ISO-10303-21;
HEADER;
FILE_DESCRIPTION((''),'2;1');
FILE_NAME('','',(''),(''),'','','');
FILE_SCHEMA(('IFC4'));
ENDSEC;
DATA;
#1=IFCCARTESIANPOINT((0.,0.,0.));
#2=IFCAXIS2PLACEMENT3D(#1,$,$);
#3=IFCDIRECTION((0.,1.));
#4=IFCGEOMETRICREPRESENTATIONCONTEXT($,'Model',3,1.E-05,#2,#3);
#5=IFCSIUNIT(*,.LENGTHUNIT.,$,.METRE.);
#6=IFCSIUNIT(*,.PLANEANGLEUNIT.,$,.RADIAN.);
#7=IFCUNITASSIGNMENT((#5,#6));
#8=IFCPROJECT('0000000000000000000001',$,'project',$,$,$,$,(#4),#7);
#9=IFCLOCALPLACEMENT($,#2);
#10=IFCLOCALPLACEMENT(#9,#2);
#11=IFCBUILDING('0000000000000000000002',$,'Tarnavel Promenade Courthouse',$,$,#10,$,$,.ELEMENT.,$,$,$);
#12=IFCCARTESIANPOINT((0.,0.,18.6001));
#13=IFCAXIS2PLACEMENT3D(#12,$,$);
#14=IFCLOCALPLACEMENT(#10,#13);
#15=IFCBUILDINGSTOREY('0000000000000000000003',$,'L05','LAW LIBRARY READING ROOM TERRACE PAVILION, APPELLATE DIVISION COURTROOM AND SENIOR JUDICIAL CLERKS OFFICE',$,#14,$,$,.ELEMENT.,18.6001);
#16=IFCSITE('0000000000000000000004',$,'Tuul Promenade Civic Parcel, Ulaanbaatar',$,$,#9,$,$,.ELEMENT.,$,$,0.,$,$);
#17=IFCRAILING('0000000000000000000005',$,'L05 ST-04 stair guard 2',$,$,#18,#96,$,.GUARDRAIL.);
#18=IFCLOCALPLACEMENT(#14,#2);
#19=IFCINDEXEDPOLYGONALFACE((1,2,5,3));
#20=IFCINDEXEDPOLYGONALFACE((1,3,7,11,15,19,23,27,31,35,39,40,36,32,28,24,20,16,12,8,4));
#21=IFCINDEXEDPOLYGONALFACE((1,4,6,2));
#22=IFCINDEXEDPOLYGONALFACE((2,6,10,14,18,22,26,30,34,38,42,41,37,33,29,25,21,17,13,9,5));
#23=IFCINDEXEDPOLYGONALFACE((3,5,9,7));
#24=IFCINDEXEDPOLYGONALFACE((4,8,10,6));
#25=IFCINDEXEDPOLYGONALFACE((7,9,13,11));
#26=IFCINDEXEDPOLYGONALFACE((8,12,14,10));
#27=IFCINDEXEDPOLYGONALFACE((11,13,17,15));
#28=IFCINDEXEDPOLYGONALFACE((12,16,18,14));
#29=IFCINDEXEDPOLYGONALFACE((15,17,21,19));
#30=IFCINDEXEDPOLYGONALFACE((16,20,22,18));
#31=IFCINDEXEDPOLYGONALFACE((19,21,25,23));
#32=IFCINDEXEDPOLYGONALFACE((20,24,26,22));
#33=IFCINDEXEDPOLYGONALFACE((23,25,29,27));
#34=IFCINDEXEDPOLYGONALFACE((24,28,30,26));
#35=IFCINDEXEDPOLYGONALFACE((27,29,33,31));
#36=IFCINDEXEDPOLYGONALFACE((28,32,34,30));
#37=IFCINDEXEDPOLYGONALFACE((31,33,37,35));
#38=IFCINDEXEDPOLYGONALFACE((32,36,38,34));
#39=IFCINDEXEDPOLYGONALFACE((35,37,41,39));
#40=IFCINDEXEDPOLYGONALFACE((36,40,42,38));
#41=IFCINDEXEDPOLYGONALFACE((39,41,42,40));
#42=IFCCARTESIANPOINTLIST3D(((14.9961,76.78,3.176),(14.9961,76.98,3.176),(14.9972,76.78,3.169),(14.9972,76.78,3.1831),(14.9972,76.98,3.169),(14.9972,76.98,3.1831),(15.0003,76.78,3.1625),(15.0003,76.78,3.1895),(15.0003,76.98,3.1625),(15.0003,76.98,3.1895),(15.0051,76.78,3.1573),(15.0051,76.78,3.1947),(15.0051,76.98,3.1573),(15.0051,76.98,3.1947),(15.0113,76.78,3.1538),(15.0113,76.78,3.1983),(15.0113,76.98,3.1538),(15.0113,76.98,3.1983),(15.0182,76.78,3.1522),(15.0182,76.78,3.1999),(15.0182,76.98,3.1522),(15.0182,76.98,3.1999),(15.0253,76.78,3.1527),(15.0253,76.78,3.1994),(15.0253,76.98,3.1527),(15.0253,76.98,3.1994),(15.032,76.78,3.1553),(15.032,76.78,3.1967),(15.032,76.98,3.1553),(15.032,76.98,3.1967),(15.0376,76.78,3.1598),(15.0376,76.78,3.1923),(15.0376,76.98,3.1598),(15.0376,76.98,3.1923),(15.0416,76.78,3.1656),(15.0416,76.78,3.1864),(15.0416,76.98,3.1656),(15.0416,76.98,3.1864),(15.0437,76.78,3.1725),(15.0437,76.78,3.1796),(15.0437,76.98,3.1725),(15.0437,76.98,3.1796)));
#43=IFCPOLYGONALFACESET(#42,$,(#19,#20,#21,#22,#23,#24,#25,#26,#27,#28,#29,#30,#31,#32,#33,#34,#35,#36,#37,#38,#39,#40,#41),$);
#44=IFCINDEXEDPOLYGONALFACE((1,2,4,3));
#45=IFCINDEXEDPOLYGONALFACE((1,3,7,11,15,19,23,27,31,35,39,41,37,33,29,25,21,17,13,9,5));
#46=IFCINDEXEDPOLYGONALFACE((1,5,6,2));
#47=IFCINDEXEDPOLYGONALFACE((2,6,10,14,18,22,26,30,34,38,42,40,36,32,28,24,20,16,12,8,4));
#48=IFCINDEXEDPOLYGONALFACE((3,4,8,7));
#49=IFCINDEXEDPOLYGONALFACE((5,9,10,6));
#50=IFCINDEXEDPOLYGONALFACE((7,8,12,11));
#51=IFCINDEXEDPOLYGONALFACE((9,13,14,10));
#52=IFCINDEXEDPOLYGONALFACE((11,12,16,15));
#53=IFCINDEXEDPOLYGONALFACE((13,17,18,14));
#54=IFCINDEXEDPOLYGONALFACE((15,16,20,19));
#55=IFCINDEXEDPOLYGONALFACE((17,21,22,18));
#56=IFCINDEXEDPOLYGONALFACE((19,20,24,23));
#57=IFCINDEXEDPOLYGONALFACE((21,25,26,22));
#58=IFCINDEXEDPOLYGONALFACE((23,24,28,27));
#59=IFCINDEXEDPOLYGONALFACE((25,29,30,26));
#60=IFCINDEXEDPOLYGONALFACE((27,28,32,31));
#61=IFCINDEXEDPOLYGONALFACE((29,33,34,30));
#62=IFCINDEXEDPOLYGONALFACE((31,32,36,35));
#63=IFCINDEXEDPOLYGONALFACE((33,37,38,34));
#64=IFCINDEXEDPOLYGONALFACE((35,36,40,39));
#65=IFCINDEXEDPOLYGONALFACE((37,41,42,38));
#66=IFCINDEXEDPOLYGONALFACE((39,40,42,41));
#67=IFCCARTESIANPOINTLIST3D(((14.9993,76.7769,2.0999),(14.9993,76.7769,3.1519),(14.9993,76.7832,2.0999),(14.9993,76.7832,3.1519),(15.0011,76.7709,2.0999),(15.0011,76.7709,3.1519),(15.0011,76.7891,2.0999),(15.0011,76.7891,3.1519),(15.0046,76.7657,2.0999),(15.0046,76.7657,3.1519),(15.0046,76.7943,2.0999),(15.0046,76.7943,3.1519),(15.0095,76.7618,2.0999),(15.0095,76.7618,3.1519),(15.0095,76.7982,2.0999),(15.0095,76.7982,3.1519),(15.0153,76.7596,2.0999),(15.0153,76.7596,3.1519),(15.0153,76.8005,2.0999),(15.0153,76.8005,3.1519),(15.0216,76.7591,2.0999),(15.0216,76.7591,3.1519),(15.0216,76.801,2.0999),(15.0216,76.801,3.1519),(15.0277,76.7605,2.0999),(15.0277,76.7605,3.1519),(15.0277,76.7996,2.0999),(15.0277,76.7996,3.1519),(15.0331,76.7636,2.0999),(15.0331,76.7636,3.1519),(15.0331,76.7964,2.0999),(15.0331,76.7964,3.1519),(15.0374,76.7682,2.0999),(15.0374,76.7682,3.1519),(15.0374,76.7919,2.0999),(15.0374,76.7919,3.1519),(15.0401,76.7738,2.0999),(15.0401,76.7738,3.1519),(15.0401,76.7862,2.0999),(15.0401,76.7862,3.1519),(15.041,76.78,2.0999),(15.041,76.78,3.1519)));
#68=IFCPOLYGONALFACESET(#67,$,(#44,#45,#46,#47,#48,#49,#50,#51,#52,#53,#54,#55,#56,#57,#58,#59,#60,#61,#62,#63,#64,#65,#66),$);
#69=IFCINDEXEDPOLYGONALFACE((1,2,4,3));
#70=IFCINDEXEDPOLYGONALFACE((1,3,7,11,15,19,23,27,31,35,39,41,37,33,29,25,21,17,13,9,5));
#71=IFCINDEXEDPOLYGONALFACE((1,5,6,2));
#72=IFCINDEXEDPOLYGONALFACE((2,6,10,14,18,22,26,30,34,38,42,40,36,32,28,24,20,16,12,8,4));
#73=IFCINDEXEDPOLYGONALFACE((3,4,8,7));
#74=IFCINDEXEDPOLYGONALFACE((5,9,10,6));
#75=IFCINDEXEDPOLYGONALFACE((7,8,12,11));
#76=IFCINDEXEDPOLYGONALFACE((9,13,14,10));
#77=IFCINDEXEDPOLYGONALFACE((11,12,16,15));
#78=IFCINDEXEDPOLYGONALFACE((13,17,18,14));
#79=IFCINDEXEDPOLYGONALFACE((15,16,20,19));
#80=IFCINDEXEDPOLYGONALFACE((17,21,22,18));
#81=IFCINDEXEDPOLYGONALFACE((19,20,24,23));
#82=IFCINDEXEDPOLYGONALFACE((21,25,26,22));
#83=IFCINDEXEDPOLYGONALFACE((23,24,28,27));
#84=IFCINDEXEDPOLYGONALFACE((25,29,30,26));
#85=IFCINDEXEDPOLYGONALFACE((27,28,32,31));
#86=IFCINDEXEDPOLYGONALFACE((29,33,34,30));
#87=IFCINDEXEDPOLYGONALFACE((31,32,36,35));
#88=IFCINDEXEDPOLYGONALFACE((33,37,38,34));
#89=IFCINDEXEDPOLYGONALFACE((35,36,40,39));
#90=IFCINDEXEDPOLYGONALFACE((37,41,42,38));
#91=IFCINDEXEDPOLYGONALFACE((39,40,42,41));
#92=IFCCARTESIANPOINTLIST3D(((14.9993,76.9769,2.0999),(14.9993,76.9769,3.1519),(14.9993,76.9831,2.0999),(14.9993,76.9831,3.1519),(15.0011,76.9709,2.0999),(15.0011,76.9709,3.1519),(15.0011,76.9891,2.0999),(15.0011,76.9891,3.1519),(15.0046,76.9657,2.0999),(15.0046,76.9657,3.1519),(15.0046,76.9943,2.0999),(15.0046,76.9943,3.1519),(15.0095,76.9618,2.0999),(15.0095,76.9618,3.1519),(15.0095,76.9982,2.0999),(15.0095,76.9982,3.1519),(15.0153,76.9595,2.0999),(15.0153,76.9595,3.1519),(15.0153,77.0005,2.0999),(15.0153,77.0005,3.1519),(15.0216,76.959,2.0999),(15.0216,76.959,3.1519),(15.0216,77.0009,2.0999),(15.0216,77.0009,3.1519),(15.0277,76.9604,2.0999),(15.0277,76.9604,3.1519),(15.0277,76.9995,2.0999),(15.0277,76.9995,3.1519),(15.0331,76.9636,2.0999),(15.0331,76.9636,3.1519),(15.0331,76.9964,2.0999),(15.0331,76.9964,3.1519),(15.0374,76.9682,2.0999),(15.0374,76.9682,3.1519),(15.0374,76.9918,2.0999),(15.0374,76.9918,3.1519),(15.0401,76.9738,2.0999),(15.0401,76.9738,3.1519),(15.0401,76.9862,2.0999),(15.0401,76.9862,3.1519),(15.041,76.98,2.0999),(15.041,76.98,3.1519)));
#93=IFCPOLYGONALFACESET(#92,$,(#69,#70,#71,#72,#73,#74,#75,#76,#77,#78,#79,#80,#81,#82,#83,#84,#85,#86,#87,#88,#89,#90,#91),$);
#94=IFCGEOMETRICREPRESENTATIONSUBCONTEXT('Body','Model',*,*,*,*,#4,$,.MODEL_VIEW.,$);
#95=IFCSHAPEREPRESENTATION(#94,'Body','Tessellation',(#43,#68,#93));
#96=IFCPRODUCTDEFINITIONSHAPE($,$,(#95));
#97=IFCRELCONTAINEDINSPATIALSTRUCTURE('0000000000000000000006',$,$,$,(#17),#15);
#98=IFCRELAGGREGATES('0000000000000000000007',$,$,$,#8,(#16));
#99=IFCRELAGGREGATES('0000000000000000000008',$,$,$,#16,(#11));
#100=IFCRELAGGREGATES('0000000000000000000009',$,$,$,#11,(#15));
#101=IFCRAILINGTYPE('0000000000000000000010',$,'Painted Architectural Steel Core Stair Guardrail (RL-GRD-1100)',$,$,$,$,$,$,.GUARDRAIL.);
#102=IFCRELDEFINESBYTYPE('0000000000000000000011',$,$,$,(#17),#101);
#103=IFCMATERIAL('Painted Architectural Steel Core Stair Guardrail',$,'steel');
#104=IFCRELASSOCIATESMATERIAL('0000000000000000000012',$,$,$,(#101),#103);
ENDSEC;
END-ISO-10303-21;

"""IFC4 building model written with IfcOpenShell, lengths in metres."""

from ifc_helpers import new_model, si_unit, direction, frame, origin, origin_2d, place, context, subcontext, project, spatial, circle, extrude, material, type_object, element, save


model = new_model("IFC4")

# Units and contexts
model_context = context("Model", 3, precision=1e-05, world=origin(), true_north=direction((0.0, 1.0)))
body_context = subcontext(model_context, "Body", "Model", "MODEL_VIEW")
ifc_project = project(units=[si_unit("LENGTHUNIT", "METRE"), si_unit("PLANEANGLEUNIT", "RADIAN")], contexts=[model_context])

# Site, building, storey
site_placement = place(None, origin())
site = spatial("IfcSite", under=ifc_project, at=site_placement, Name="Tuul Promenade Civic Parcel, Ulaanbaatar", CompositionType="ELEMENT", RefElevation=0.0)
building_placement = place(site_placement, origin())
building = spatial("IfcBuilding", under=site, at=building_placement, Name="Tarnavel Promenade Courthouse", CompositionType="ELEMENT")
storey_placement = place(building_placement, frame((0.0, 0.0, 18.6001)))
storey = spatial("IfcBuildingStorey", under=building, at=storey_placement, Name="L05", Description="LAW LIBRARY READING ROOM TERRACE PAVILION, APPELLATE DIVISION COURTROOM AND SENIOR JUDICIAL CLERKS OFFICE", CompositionType="ELEMENT", Elevation=18.6001)

# Railing
ifc_material_1 = material(Name="Painted Architectural Steel Core Stair Guardrail", Category="steel")
railing_type_1 = type_object("IfcRailingType", Name="Painted Architectural Steel Core Stair Guardrail (RL-GRD-1100)", PredefinedType="GUARDRAIL", material=ifc_material_1)
railing_1_placement = place(storey_placement, frame((15.02, 76.78, 2.0999)))
element("IfcRailing", 1, at=railing_1_placement, inside=storey, type_object=railing_type_1, Name="L05 ST-04 stair guard 2", PredefinedType="GUARDRAIL", context=body_context, shape_type="SweptSolid", body=[
    extrude(circle(Radius=0.0239, at=origin_2d()), frame((0.0, 0.0, 1.0762), z_axis=(0.0, 1.0, 0.0), x_axis=(-1.0, 0.0, 0.0)), (0.0, 0.0, 1.0), 0.2),
    extrude(circle(Radius=0.021, at=origin_2d()), origin(), (0.0, 0.0, 1.0), 1.052),
    extrude(circle(Radius=0.021, at=origin_2d()), frame((0.0, 0.2, 0.0)), (0.0, 0.0, 1.0), 1.052),
])

save(model, "model.ifc")
